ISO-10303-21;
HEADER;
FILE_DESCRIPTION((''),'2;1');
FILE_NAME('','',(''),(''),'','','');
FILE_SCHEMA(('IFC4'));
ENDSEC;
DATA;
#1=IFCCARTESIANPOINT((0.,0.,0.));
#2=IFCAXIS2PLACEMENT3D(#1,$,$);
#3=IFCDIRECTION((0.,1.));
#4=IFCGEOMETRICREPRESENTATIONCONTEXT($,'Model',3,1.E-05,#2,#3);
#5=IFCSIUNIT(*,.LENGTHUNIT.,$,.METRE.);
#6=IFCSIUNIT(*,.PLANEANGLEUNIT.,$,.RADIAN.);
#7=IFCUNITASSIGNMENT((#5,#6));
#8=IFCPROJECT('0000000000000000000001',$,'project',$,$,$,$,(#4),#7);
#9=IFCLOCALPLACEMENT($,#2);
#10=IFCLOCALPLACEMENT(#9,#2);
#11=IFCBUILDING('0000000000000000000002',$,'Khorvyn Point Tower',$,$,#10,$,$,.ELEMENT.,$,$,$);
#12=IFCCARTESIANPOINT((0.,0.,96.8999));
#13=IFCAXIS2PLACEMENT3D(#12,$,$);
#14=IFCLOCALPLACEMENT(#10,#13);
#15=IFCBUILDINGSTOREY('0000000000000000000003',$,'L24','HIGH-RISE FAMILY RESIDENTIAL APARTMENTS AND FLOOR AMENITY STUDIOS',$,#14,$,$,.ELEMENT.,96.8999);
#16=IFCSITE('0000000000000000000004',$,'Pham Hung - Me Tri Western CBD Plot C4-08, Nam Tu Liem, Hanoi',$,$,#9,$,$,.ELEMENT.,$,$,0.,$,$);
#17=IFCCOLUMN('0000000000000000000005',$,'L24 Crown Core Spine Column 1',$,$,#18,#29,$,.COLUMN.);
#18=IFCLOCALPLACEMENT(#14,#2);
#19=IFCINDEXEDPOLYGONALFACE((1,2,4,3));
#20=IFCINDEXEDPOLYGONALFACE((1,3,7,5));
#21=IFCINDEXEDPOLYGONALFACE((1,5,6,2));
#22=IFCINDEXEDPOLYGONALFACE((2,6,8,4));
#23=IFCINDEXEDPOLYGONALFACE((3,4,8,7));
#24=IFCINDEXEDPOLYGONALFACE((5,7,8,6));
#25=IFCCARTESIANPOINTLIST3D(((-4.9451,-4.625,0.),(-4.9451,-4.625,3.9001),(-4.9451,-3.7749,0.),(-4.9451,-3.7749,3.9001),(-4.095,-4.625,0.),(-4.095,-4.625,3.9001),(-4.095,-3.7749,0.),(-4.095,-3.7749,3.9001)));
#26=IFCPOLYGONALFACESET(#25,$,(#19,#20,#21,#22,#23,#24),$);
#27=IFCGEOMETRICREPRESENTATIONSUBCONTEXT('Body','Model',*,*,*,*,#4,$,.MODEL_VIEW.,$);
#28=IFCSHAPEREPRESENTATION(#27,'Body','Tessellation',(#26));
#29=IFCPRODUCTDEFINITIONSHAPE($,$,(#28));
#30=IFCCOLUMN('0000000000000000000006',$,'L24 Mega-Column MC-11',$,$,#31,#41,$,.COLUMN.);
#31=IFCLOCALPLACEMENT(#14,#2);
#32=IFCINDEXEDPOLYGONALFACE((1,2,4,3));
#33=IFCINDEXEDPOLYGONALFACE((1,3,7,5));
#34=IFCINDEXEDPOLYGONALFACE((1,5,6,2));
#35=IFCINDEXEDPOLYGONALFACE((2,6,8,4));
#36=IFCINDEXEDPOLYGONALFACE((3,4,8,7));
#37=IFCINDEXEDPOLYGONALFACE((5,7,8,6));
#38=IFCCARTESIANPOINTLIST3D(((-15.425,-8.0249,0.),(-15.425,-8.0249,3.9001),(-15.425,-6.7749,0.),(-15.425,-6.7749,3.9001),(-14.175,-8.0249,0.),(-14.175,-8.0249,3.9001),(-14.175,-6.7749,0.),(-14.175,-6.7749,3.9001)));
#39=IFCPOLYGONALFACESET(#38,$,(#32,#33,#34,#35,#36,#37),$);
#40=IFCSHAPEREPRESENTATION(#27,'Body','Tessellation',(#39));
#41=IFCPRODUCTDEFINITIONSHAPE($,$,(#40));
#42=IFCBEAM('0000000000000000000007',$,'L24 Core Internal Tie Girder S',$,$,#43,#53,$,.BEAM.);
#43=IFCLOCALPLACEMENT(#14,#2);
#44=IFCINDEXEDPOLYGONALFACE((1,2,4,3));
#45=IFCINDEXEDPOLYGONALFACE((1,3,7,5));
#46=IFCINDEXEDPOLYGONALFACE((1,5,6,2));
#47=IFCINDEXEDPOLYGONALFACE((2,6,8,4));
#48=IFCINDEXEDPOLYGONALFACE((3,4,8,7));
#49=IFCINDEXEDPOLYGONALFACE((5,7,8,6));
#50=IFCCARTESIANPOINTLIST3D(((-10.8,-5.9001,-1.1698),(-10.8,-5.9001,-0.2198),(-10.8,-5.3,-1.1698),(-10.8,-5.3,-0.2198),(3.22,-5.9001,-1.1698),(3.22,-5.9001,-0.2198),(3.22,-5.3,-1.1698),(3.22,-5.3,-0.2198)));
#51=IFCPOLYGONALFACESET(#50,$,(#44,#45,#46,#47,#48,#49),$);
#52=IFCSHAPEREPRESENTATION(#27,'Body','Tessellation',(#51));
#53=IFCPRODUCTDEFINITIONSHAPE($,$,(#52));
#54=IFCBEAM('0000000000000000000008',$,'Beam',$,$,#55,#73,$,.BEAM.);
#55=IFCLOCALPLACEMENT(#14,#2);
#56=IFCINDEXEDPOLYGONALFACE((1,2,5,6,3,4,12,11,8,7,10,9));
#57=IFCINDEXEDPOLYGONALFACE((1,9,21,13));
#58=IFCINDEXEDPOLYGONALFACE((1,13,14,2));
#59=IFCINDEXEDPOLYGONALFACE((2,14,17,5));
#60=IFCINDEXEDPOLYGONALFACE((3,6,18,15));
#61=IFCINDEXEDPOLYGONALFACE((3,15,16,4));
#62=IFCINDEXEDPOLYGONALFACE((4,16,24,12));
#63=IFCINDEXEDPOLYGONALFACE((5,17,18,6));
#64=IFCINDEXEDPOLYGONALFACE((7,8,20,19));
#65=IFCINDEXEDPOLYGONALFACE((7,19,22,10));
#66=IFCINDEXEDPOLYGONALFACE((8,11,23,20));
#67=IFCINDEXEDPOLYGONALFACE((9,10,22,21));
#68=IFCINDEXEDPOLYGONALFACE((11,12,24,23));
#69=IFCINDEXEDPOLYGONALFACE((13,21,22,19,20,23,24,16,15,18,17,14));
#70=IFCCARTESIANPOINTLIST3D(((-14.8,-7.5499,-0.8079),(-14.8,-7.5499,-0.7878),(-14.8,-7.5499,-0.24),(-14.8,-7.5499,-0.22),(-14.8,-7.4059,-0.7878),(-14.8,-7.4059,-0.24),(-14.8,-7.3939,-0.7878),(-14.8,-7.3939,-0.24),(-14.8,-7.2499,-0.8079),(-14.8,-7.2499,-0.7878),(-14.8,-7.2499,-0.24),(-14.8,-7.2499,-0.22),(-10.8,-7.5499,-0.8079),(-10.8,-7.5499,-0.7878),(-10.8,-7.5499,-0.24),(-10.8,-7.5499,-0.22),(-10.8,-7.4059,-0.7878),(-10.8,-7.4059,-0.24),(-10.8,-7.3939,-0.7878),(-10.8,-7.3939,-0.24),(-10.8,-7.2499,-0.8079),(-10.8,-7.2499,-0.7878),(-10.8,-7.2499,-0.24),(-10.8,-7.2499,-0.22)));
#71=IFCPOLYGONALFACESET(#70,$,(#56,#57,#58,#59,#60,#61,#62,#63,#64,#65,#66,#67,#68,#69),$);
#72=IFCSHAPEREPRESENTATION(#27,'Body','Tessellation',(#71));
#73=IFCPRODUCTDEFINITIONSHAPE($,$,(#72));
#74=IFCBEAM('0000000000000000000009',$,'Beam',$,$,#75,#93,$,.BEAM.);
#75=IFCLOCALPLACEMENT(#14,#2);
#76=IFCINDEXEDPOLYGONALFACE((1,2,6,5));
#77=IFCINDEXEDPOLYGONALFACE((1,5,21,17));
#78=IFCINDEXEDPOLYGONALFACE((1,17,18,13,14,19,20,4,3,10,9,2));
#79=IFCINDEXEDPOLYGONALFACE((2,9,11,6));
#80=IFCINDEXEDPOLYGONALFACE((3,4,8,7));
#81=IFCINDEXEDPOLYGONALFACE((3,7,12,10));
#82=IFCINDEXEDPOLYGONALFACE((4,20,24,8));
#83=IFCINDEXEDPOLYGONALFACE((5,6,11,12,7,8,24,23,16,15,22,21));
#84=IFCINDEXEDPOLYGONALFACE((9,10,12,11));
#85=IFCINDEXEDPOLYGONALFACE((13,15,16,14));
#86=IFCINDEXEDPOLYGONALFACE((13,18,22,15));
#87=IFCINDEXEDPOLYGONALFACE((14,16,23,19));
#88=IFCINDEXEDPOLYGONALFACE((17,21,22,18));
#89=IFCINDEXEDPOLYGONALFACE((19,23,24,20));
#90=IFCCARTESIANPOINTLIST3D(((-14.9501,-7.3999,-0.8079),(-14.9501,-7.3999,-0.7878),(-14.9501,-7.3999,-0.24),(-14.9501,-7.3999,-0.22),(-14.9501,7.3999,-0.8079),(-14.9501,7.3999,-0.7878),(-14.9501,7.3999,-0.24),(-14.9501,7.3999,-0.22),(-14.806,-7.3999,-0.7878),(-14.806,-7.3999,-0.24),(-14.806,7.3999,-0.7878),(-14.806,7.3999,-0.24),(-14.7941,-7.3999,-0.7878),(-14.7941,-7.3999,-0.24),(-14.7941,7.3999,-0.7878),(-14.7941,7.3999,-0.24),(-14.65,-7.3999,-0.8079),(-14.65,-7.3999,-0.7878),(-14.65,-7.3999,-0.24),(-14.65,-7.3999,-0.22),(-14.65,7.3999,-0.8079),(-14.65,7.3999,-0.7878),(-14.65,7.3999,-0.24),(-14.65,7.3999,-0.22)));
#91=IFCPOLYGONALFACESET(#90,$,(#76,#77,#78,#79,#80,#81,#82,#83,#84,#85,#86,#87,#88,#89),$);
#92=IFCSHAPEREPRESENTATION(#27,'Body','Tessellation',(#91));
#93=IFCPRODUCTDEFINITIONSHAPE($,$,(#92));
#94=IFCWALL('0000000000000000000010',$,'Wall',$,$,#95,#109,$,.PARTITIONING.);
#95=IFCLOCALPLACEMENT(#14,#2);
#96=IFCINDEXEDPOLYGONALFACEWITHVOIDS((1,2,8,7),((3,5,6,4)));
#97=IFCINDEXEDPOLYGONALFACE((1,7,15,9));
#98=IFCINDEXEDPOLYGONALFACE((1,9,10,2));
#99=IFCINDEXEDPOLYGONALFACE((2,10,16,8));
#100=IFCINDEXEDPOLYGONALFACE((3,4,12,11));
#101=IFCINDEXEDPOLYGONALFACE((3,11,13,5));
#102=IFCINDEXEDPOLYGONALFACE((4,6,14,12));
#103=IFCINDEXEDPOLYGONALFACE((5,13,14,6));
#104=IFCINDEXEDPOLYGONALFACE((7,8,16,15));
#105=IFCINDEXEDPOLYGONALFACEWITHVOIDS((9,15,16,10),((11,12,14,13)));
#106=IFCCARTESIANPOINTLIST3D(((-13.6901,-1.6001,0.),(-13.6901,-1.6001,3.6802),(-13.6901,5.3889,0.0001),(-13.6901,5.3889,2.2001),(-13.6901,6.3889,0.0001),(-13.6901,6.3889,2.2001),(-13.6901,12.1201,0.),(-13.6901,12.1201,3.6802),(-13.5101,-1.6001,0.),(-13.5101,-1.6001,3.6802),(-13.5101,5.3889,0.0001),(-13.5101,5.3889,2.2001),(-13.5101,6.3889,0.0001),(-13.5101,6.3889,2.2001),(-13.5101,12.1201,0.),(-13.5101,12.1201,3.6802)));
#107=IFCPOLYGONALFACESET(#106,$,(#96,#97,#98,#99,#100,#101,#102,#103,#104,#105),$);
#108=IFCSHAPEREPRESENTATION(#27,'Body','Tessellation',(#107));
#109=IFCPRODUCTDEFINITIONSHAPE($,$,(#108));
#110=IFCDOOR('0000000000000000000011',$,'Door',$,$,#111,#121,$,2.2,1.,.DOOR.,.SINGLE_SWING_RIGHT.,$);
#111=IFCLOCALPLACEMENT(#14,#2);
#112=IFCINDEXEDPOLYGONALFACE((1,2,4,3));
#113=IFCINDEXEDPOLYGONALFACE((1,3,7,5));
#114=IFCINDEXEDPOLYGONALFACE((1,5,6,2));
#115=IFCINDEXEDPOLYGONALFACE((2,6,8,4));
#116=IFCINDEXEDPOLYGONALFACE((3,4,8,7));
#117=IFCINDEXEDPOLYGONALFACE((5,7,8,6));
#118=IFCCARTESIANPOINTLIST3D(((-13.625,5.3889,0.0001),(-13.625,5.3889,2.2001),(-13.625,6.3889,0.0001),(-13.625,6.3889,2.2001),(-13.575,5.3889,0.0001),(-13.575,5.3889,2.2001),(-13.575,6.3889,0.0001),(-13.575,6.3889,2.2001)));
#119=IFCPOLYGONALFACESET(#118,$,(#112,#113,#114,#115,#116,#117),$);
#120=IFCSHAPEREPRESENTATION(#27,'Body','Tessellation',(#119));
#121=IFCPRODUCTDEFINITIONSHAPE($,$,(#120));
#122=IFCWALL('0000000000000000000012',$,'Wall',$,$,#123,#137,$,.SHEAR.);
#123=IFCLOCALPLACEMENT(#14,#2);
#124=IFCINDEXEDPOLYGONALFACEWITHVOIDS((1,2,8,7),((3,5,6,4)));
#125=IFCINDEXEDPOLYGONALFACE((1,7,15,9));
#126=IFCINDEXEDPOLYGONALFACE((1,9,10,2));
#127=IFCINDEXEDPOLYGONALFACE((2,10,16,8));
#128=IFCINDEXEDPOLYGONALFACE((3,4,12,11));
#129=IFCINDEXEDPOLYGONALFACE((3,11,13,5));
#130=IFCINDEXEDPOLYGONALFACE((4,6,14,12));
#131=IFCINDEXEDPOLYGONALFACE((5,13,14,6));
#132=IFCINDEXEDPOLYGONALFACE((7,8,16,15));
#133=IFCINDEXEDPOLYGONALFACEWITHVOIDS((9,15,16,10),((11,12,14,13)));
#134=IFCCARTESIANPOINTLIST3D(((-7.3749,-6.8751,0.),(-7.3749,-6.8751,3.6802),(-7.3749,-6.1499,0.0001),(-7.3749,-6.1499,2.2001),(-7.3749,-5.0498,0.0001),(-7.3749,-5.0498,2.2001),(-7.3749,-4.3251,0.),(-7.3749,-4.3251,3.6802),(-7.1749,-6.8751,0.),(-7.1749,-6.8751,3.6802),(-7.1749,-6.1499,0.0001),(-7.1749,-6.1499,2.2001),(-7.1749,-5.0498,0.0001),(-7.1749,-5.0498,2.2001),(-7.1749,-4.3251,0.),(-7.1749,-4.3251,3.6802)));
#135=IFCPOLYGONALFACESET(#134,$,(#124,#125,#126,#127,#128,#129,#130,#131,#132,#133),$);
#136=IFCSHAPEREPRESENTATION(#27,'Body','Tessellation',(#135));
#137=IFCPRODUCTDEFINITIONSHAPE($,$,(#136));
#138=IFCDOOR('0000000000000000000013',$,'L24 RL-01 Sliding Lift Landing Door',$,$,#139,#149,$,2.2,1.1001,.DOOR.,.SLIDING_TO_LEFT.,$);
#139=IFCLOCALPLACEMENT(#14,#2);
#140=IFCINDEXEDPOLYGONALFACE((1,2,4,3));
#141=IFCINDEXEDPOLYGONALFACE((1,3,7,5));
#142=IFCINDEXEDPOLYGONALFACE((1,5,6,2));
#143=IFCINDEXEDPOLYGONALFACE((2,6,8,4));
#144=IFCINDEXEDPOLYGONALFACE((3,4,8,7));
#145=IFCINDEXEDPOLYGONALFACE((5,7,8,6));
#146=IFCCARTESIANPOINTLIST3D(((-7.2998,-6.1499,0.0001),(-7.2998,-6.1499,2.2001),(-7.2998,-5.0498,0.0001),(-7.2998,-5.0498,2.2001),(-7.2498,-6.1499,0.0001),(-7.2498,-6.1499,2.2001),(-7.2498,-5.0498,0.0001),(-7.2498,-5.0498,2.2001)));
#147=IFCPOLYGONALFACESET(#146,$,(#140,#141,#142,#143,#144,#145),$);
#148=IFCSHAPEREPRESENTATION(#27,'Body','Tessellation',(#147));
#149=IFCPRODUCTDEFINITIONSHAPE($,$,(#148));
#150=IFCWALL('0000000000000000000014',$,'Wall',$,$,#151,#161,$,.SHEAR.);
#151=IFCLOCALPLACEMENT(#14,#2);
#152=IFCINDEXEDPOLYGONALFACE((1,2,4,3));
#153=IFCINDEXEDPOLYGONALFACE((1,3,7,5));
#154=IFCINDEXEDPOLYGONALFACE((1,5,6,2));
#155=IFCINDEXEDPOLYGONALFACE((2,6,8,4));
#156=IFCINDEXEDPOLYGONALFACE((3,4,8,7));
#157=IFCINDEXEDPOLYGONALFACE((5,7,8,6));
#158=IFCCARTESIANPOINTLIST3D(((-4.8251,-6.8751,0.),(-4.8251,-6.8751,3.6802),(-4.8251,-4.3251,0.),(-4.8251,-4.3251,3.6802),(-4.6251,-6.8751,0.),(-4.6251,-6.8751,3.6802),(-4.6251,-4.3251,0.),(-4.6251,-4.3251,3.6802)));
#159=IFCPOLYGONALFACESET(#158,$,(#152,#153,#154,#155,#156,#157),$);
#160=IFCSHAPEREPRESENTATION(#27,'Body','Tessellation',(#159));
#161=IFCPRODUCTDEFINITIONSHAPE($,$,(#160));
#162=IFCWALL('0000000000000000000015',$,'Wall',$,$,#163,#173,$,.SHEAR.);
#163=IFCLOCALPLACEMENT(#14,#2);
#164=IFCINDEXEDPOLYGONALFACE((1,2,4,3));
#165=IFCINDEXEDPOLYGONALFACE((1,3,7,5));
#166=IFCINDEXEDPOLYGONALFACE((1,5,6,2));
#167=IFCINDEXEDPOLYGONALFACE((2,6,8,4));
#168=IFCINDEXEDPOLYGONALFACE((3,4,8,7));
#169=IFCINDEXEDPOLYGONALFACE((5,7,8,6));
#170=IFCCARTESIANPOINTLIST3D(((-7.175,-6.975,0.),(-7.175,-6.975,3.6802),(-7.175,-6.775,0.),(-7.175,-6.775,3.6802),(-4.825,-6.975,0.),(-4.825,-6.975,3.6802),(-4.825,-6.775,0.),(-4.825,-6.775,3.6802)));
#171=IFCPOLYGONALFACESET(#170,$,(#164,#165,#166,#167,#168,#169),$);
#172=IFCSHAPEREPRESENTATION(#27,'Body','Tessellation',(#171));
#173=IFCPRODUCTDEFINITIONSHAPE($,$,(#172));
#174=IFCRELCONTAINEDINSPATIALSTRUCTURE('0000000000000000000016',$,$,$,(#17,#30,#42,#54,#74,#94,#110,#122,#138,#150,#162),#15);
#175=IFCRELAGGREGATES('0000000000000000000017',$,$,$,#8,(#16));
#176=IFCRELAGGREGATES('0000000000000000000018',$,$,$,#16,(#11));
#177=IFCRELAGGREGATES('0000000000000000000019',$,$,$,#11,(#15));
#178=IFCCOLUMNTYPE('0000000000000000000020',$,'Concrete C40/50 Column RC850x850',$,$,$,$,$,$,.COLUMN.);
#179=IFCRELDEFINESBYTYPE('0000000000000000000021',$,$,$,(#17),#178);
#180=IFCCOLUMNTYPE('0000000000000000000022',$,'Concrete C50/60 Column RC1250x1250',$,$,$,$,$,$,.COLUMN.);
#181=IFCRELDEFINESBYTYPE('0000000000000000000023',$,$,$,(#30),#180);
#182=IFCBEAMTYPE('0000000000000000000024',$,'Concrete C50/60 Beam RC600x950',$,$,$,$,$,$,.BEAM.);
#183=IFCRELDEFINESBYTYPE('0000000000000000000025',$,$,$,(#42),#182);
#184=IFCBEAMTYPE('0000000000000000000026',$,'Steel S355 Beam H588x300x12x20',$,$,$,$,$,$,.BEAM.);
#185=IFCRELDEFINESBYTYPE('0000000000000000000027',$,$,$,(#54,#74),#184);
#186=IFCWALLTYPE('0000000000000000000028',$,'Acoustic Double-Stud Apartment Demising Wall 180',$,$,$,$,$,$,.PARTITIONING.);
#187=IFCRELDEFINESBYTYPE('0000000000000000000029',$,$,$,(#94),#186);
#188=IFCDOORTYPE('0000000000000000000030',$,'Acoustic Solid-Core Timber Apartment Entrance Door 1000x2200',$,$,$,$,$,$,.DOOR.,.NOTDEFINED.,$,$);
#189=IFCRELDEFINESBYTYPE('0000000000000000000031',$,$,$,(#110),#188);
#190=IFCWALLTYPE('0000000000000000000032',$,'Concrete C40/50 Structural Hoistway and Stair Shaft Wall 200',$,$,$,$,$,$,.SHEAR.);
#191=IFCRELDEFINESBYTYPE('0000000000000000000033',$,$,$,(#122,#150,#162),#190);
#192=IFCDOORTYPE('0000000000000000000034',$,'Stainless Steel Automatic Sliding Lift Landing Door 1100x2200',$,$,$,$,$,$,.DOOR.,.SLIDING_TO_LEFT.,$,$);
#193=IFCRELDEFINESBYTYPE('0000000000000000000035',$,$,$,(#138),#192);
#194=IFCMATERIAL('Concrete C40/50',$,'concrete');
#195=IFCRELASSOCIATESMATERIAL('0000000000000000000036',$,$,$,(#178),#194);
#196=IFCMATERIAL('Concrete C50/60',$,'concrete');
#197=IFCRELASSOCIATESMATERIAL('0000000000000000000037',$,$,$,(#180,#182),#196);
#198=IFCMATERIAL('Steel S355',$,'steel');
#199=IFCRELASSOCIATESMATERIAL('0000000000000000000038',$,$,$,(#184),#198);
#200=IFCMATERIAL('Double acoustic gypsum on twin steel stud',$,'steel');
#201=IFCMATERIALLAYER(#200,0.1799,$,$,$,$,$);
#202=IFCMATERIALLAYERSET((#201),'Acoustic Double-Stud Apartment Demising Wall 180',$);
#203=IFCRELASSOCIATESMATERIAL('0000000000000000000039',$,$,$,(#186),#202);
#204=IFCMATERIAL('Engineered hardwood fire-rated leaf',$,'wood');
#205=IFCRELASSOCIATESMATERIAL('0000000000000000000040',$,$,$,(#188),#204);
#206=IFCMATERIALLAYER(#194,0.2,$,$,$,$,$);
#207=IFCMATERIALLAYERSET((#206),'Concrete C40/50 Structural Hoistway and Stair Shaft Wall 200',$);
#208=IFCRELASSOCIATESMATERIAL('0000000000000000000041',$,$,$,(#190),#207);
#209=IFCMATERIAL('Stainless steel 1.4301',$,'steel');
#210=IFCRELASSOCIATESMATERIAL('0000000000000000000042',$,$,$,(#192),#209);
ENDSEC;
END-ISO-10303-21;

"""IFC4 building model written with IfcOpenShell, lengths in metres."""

from ifc_helpers import new_model, si_unit, direction, frame, frame_2d, origin, origin_2d, place, context, subcontext, project, spatial, rectangle, i_section, extrude, material, layer, layer_set, material_profile, profile_set, type_object, element, fill, save


model = new_model("IFC4")

# Units and contexts
model_context = context("Model", 3, precision=1e-05, world=origin(), true_north=direction((0.0, 1.0)))
body_context = subcontext(model_context, "Body", "Model", "MODEL_VIEW")
ifc_project = project(units=[si_unit("LENGTHUNIT", "METRE"), si_unit("PLANEANGLEUNIT", "RADIAN")], contexts=[model_context])

# Site, building, storey
site_placement = place(None, origin())
site = spatial("IfcSite", under=ifc_project, at=site_placement, Name="Pham Hung - Me Tri Western CBD Plot C4-08, Nam Tu Liem, Hanoi", CompositionType="ELEMENT", RefElevation=0.0)
building_placement = place(site_placement, origin())
building = spatial("IfcBuilding", under=site, at=building_placement, Name="Khorvyn Point Tower", CompositionType="ELEMENT")
storey_placement = place(building_placement, frame((0.0, 0.0, 96.8999)))
storey = spatial("IfcBuildingStorey", under=building, at=storey_placement, Name="L24", Description="HIGH-RISE FAMILY RESIDENTIAL APARTMENTS AND FLOOR AMENITY STUDIOS", CompositionType="ELEMENT", Elevation=96.8999)

# Columns
ifc_material_1 = material(Name="Concrete C40/50", Category="concrete")
ifc_material_profile_1 = material_profile(ifc_material_1, rectangle(XDim=0.8501, YDim=0.8501, at=origin_2d()))
ifc_profile_set_1 = profile_set([ifc_material_profile_1], Name="Concrete C40/50 RC850x850")
column_type_1 = type_object("IfcColumnType", Name="Concrete C40/50 Column RC850x850", PredefinedType="COLUMN", material=ifc_profile_set_1)
column_1_placement = place(storey_placement, frame((-4.52, -4.2, 0.0), z_axis=(0.0, 0.0, 1.0), x_axis=(1.0, 0.0, 0.0)))
element("IfcColumn", 1, at=column_1_placement, inside=storey, type_object=column_type_1, Name="L24 Crown Core Spine Column 1", PredefinedType="COLUMN", context=body_context, shape_type="SweptSolid", body=[
    extrude(rectangle(XDim=0.8501, YDim=0.8501, at=origin_2d()), origin(), (0.0, 0.0, 1.0), 3.9001),
])
ifc_material_2 = material(Name="Concrete C50/60", Category="concrete")
ifc_material_profile_2 = material_profile(ifc_material_2, rectangle(XDim=1.25, YDim=1.25, at=origin_2d()))
ifc_profile_set_2 = profile_set([ifc_material_profile_2], Name="Concrete C50/60 RC1250x1250")
column_type_2 = type_object("IfcColumnType", Name="Concrete C50/60 Column RC1250x1250", PredefinedType="COLUMN", material=ifc_profile_set_2)
column_2_placement = place(storey_placement, frame((-14.8, -7.3999, 0.0), z_axis=(0.0, 0.0, 1.0), x_axis=(1.0, 0.0, 0.0)))
element("IfcColumn", 2, at=column_2_placement, inside=storey, type_object=column_type_2, Name="L24 Mega-Column MC-11", PredefinedType="COLUMN", context=body_context, shape_type="SweptSolid", body=[
    extrude(rectangle(XDim=1.25, YDim=1.25, at=origin_2d()), origin(), (0.0, 0.0, 1.0), 3.9001),
])

# Beams
ifc_material_profile_3 = material_profile(ifc_material_2, rectangle(XDim=0.6001, YDim=0.95, at=origin_2d()))
ifc_profile_set_3 = profile_set([ifc_material_profile_3], Name="Concrete C50/60 RC600x950")
beam_type_1 = type_object("IfcBeamType", Name="Concrete C50/60 Beam RC600x950", PredefinedType="BEAM", material=ifc_profile_set_3)
beam_1_placement = place(storey_placement, frame((-10.8, -5.6001, -0.6948), z_axis=(1.0, 0.0, 0.0), x_axis=(0.0, 1.0, 0.0)))
element("IfcBeam", 3, at=beam_1_placement, inside=storey, type_object=beam_type_1, Name="L24 Core Internal Tie Girder S", PredefinedType="BEAM", context=body_context, shape_type="SweptSolid", body=[
    extrude(rectangle(XDim=0.6001, YDim=0.95, at=origin_2d()), origin(), (0.0, 0.0, 1.0), 14.02),
])
ifc_material_3 = material(Name="Steel S355", Category="steel")
ifc_material_profile_4 = material_profile(ifc_material_3, i_section(OverallWidth=0.3, OverallDepth=0.5879, WebThickness=0.012, FlangeThickness=0.02, at=origin_2d()))
ifc_profile_set_4 = profile_set([ifc_material_profile_4], Name="Steel S355 H588x300x12x20")
beam_type_2 = type_object("IfcBeamType", Name="Steel S355 Beam H588x300x12x20", PredefinedType="BEAM", material=ifc_profile_set_4)
beam_2_placement = place(storey_placement, frame((-14.8, -7.3999, -0.5139), z_axis=(1.0, 0.0, 0.0), x_axis=(0.0, 1.0, 0.0)))
element("IfcBeam", 4, at=beam_2_placement, inside=storey, type_object=beam_type_2, Name="Beam", PredefinedType="BEAM", context=body_context, shape_type="SweptSolid", body=[
    extrude(i_section(OverallWidth=0.3, OverallDepth=0.5879, WebThickness=0.012, FlangeThickness=0.02, at=origin_2d()), origin(), (0.0, 0.0, 1.0), 4.0),
])
beam_3_placement = place(storey_placement, frame((-14.8, -7.3999, -0.5139), z_axis=(0.0, 1.0, 0.0), x_axis=(-1.0, 0.0, 0.0)))
element("IfcBeam", 5, at=beam_3_placement, inside=storey, type_object=beam_type_2, Name="Beam", PredefinedType="BEAM", context=body_context, shape_type="SweptSolid", body=[
    extrude(i_section(OverallWidth=0.3, OverallDepth=0.5879, WebThickness=0.012, FlangeThickness=0.02, at=origin_2d()), origin(), (0.0, 0.0, 1.0), 14.7998),
])

# Walls, openings, doors
ifc_material_4 = material(Name="Double acoustic gypsum on twin steel stud", Category="steel")
ifc_layer_1 = layer(ifc_material_4, 0.1799)
ifc_layer_set_1 = layer_set([ifc_layer_1], Name="Acoustic Double-Stud Apartment Demising Wall 180")
wall_type_1 = type_object("IfcWallType", Name="Acoustic Double-Stud Apartment Demising Wall 180", PredefinedType="PARTITIONING", material=ifc_layer_set_1)
wall_1_placement = place(storey_placement, frame((-13.6001, -1.6001, 0.0), z_axis=(0.0, 0.0, 1.0), x_axis=(0.0, 1.0, 0.0)))
wall_1 = element("IfcWall", 6, at=wall_1_placement, inside=storey, type_object=wall_type_1, Name="Wall", PredefinedType="PARTITIONING", context=body_context, shape_type="SweptSolid", body=[
    extrude(rectangle(XDim=13.7202, YDim=0.1799, at=frame_2d((6.8601, 0.0))), origin(), (0.0, 0.0, 1.0), 3.6802),
])
opening_1_placement = place(wall_1_placement, frame((6.989, 0.0, 0.0)))
opening_1 = element("IfcOpeningElement", 7, at=opening_1_placement, cuts=wall_1, PredefinedType="OPENING", context=body_context, shape_type="SweptSolid", body=[
    extrude(rectangle(XDim=1.0, YDim=2.2, at=frame_2d((0.5, 1.1001))), frame((0.0, 0.0999, 0.0), z_axis=(0.0, -1.0, 0.0), x_axis=(1.0, 0.0, 0.0)), (0.0, 0.0, 1.0), 0.2),
])
ifc_material_5 = material(Name="Engineered hardwood fire-rated leaf", Category="wood")
door_type_1 = type_object("IfcDoorType", Name="Acoustic Solid-Core Timber Apartment Entrance Door 1000x2200", OperationType="NOTDEFINED", PredefinedType="DOOR", material=ifc_material_5)
door_1_placement = place(opening_1_placement, origin())
door_1 = element("IfcDoor", 8, at=door_1_placement, inside=storey, type_object=door_type_1, Name="Door", OperationType="SINGLE_SWING_RIGHT", OverallHeight=2.2, OverallWidth=1.0, PredefinedType="DOOR", context=body_context, shape_type="SweptSolid", body=[
    extrude(rectangle(XDim=1.0, YDim=2.2, at=frame_2d((0.5, 1.1001))), frame((0.0, 0.0249, 0.0), z_axis=(0.0, -1.0, 0.0), x_axis=(1.0, 0.0, 0.0)), (0.0, 0.0, 1.0), 0.05),
])
fill(opening_1, door_1)
ifc_layer_2 = layer(ifc_material_1, 0.2)
ifc_layer_set_2 = layer_set([ifc_layer_2], Name="Concrete C40/50 Structural Hoistway and Stair Shaft Wall 200")
wall_type_2 = type_object("IfcWallType", Name="Concrete C40/50 Structural Hoistway and Stair Shaft Wall 200", PredefinedType="SHEAR", material=ifc_layer_set_2)
wall_2_placement = place(storey_placement, frame((-7.2749, -6.875, 0.0), z_axis=(0.0, 0.0, 1.0), x_axis=(0.0, 1.0, 0.0)))
wall_2 = element("IfcWall", 9, at=wall_2_placement, inside=storey, type_object=wall_type_2, Name="Wall", PredefinedType="SHEAR", context=body_context, shape_type="SweptSolid", body=[
    extrude(rectangle(XDim=2.55, YDim=0.2, at=frame_2d((1.2749, 0.0))), origin(), (0.0, 0.0, 1.0), 3.6802),
])
opening_2_placement = place(wall_2_placement, frame((0.7251, 0.0, 0.0)))
opening_2 = element("IfcOpeningElement", 10, at=opening_2_placement, cuts=wall_2, PredefinedType="OPENING", context=body_context, shape_type="SweptSolid", body=[
    extrude(rectangle(XDim=1.1001, YDim=2.2, at=frame_2d((0.55, 1.1001))), frame((0.0, 0.1099, 0.0), z_axis=(0.0, -1.0, 0.0), x_axis=(1.0, 0.0, 0.0)), (0.0, 0.0, 1.0), 0.22),
])
ifc_material_6 = material(Name="Stainless steel 1.4301", Category="steel")
door_type_2 = type_object("IfcDoorType", Name="Stainless Steel Automatic Sliding Lift Landing Door 1100x2200", OperationType="SLIDING_TO_LEFT", PredefinedType="DOOR", material=ifc_material_6)
door_2_placement = place(opening_2_placement, origin())
door_2 = element("IfcDoor", 11, at=door_2_placement, inside=storey, type_object=door_type_2, Name="L24 RL-01 Sliding Lift Landing Door", OperationType="SLIDING_TO_LEFT", OverallHeight=2.2, OverallWidth=1.1001, PredefinedType="DOOR", context=body_context, shape_type="SweptSolid", body=[
    extrude(rectangle(XDim=1.1001, YDim=2.2, at=frame_2d((0.55, 1.1001))), frame((0.0, 0.0249, 0.0), z_axis=(0.0, -1.0, 0.0), x_axis=(1.0, 0.0, 0.0)), (0.0, 0.0, 1.0), 0.05),
])
fill(opening_2, door_2)

# Walls
wall_3_placement = place(storey_placement, frame((-4.7251, -6.875, 0.0), z_axis=(0.0, 0.0, 1.0), x_axis=(0.0, 1.0, 0.0)))
element("IfcWall", 12, at=wall_3_placement, inside=storey, type_object=wall_type_2, Name="Wall", PredefinedType="SHEAR", context=body_context, shape_type="SweptSolid", body=[
    extrude(rectangle(XDim=2.55, YDim=0.2, at=frame_2d((1.2749, 0.0))), origin(), (0.0, 0.0, 1.0), 3.6802),
])
for number, where, z_axis, x_axis, name in (
    (13, (-7.175, -6.875, 0.0), (0.0, 0.0, 1.0), (1.0, 0.0, 0.0), "Wall"),
):
    element("IfcWall", number, at=place(storey_placement, frame(where, z_axis=z_axis, x_axis=x_axis)), inside=storey, type_object=wall_type_2, Name=name, PredefinedType="SHEAR", context=body_context, shape_type="SweptSolid", body=[
        extrude(rectangle(XDim=2.3501, YDim=0.2, at=frame_2d((1.175, 0.0))), origin(), (0.0, 0.0, 1.0), 3.6802),
    ])

save(model, "model.ifc")
